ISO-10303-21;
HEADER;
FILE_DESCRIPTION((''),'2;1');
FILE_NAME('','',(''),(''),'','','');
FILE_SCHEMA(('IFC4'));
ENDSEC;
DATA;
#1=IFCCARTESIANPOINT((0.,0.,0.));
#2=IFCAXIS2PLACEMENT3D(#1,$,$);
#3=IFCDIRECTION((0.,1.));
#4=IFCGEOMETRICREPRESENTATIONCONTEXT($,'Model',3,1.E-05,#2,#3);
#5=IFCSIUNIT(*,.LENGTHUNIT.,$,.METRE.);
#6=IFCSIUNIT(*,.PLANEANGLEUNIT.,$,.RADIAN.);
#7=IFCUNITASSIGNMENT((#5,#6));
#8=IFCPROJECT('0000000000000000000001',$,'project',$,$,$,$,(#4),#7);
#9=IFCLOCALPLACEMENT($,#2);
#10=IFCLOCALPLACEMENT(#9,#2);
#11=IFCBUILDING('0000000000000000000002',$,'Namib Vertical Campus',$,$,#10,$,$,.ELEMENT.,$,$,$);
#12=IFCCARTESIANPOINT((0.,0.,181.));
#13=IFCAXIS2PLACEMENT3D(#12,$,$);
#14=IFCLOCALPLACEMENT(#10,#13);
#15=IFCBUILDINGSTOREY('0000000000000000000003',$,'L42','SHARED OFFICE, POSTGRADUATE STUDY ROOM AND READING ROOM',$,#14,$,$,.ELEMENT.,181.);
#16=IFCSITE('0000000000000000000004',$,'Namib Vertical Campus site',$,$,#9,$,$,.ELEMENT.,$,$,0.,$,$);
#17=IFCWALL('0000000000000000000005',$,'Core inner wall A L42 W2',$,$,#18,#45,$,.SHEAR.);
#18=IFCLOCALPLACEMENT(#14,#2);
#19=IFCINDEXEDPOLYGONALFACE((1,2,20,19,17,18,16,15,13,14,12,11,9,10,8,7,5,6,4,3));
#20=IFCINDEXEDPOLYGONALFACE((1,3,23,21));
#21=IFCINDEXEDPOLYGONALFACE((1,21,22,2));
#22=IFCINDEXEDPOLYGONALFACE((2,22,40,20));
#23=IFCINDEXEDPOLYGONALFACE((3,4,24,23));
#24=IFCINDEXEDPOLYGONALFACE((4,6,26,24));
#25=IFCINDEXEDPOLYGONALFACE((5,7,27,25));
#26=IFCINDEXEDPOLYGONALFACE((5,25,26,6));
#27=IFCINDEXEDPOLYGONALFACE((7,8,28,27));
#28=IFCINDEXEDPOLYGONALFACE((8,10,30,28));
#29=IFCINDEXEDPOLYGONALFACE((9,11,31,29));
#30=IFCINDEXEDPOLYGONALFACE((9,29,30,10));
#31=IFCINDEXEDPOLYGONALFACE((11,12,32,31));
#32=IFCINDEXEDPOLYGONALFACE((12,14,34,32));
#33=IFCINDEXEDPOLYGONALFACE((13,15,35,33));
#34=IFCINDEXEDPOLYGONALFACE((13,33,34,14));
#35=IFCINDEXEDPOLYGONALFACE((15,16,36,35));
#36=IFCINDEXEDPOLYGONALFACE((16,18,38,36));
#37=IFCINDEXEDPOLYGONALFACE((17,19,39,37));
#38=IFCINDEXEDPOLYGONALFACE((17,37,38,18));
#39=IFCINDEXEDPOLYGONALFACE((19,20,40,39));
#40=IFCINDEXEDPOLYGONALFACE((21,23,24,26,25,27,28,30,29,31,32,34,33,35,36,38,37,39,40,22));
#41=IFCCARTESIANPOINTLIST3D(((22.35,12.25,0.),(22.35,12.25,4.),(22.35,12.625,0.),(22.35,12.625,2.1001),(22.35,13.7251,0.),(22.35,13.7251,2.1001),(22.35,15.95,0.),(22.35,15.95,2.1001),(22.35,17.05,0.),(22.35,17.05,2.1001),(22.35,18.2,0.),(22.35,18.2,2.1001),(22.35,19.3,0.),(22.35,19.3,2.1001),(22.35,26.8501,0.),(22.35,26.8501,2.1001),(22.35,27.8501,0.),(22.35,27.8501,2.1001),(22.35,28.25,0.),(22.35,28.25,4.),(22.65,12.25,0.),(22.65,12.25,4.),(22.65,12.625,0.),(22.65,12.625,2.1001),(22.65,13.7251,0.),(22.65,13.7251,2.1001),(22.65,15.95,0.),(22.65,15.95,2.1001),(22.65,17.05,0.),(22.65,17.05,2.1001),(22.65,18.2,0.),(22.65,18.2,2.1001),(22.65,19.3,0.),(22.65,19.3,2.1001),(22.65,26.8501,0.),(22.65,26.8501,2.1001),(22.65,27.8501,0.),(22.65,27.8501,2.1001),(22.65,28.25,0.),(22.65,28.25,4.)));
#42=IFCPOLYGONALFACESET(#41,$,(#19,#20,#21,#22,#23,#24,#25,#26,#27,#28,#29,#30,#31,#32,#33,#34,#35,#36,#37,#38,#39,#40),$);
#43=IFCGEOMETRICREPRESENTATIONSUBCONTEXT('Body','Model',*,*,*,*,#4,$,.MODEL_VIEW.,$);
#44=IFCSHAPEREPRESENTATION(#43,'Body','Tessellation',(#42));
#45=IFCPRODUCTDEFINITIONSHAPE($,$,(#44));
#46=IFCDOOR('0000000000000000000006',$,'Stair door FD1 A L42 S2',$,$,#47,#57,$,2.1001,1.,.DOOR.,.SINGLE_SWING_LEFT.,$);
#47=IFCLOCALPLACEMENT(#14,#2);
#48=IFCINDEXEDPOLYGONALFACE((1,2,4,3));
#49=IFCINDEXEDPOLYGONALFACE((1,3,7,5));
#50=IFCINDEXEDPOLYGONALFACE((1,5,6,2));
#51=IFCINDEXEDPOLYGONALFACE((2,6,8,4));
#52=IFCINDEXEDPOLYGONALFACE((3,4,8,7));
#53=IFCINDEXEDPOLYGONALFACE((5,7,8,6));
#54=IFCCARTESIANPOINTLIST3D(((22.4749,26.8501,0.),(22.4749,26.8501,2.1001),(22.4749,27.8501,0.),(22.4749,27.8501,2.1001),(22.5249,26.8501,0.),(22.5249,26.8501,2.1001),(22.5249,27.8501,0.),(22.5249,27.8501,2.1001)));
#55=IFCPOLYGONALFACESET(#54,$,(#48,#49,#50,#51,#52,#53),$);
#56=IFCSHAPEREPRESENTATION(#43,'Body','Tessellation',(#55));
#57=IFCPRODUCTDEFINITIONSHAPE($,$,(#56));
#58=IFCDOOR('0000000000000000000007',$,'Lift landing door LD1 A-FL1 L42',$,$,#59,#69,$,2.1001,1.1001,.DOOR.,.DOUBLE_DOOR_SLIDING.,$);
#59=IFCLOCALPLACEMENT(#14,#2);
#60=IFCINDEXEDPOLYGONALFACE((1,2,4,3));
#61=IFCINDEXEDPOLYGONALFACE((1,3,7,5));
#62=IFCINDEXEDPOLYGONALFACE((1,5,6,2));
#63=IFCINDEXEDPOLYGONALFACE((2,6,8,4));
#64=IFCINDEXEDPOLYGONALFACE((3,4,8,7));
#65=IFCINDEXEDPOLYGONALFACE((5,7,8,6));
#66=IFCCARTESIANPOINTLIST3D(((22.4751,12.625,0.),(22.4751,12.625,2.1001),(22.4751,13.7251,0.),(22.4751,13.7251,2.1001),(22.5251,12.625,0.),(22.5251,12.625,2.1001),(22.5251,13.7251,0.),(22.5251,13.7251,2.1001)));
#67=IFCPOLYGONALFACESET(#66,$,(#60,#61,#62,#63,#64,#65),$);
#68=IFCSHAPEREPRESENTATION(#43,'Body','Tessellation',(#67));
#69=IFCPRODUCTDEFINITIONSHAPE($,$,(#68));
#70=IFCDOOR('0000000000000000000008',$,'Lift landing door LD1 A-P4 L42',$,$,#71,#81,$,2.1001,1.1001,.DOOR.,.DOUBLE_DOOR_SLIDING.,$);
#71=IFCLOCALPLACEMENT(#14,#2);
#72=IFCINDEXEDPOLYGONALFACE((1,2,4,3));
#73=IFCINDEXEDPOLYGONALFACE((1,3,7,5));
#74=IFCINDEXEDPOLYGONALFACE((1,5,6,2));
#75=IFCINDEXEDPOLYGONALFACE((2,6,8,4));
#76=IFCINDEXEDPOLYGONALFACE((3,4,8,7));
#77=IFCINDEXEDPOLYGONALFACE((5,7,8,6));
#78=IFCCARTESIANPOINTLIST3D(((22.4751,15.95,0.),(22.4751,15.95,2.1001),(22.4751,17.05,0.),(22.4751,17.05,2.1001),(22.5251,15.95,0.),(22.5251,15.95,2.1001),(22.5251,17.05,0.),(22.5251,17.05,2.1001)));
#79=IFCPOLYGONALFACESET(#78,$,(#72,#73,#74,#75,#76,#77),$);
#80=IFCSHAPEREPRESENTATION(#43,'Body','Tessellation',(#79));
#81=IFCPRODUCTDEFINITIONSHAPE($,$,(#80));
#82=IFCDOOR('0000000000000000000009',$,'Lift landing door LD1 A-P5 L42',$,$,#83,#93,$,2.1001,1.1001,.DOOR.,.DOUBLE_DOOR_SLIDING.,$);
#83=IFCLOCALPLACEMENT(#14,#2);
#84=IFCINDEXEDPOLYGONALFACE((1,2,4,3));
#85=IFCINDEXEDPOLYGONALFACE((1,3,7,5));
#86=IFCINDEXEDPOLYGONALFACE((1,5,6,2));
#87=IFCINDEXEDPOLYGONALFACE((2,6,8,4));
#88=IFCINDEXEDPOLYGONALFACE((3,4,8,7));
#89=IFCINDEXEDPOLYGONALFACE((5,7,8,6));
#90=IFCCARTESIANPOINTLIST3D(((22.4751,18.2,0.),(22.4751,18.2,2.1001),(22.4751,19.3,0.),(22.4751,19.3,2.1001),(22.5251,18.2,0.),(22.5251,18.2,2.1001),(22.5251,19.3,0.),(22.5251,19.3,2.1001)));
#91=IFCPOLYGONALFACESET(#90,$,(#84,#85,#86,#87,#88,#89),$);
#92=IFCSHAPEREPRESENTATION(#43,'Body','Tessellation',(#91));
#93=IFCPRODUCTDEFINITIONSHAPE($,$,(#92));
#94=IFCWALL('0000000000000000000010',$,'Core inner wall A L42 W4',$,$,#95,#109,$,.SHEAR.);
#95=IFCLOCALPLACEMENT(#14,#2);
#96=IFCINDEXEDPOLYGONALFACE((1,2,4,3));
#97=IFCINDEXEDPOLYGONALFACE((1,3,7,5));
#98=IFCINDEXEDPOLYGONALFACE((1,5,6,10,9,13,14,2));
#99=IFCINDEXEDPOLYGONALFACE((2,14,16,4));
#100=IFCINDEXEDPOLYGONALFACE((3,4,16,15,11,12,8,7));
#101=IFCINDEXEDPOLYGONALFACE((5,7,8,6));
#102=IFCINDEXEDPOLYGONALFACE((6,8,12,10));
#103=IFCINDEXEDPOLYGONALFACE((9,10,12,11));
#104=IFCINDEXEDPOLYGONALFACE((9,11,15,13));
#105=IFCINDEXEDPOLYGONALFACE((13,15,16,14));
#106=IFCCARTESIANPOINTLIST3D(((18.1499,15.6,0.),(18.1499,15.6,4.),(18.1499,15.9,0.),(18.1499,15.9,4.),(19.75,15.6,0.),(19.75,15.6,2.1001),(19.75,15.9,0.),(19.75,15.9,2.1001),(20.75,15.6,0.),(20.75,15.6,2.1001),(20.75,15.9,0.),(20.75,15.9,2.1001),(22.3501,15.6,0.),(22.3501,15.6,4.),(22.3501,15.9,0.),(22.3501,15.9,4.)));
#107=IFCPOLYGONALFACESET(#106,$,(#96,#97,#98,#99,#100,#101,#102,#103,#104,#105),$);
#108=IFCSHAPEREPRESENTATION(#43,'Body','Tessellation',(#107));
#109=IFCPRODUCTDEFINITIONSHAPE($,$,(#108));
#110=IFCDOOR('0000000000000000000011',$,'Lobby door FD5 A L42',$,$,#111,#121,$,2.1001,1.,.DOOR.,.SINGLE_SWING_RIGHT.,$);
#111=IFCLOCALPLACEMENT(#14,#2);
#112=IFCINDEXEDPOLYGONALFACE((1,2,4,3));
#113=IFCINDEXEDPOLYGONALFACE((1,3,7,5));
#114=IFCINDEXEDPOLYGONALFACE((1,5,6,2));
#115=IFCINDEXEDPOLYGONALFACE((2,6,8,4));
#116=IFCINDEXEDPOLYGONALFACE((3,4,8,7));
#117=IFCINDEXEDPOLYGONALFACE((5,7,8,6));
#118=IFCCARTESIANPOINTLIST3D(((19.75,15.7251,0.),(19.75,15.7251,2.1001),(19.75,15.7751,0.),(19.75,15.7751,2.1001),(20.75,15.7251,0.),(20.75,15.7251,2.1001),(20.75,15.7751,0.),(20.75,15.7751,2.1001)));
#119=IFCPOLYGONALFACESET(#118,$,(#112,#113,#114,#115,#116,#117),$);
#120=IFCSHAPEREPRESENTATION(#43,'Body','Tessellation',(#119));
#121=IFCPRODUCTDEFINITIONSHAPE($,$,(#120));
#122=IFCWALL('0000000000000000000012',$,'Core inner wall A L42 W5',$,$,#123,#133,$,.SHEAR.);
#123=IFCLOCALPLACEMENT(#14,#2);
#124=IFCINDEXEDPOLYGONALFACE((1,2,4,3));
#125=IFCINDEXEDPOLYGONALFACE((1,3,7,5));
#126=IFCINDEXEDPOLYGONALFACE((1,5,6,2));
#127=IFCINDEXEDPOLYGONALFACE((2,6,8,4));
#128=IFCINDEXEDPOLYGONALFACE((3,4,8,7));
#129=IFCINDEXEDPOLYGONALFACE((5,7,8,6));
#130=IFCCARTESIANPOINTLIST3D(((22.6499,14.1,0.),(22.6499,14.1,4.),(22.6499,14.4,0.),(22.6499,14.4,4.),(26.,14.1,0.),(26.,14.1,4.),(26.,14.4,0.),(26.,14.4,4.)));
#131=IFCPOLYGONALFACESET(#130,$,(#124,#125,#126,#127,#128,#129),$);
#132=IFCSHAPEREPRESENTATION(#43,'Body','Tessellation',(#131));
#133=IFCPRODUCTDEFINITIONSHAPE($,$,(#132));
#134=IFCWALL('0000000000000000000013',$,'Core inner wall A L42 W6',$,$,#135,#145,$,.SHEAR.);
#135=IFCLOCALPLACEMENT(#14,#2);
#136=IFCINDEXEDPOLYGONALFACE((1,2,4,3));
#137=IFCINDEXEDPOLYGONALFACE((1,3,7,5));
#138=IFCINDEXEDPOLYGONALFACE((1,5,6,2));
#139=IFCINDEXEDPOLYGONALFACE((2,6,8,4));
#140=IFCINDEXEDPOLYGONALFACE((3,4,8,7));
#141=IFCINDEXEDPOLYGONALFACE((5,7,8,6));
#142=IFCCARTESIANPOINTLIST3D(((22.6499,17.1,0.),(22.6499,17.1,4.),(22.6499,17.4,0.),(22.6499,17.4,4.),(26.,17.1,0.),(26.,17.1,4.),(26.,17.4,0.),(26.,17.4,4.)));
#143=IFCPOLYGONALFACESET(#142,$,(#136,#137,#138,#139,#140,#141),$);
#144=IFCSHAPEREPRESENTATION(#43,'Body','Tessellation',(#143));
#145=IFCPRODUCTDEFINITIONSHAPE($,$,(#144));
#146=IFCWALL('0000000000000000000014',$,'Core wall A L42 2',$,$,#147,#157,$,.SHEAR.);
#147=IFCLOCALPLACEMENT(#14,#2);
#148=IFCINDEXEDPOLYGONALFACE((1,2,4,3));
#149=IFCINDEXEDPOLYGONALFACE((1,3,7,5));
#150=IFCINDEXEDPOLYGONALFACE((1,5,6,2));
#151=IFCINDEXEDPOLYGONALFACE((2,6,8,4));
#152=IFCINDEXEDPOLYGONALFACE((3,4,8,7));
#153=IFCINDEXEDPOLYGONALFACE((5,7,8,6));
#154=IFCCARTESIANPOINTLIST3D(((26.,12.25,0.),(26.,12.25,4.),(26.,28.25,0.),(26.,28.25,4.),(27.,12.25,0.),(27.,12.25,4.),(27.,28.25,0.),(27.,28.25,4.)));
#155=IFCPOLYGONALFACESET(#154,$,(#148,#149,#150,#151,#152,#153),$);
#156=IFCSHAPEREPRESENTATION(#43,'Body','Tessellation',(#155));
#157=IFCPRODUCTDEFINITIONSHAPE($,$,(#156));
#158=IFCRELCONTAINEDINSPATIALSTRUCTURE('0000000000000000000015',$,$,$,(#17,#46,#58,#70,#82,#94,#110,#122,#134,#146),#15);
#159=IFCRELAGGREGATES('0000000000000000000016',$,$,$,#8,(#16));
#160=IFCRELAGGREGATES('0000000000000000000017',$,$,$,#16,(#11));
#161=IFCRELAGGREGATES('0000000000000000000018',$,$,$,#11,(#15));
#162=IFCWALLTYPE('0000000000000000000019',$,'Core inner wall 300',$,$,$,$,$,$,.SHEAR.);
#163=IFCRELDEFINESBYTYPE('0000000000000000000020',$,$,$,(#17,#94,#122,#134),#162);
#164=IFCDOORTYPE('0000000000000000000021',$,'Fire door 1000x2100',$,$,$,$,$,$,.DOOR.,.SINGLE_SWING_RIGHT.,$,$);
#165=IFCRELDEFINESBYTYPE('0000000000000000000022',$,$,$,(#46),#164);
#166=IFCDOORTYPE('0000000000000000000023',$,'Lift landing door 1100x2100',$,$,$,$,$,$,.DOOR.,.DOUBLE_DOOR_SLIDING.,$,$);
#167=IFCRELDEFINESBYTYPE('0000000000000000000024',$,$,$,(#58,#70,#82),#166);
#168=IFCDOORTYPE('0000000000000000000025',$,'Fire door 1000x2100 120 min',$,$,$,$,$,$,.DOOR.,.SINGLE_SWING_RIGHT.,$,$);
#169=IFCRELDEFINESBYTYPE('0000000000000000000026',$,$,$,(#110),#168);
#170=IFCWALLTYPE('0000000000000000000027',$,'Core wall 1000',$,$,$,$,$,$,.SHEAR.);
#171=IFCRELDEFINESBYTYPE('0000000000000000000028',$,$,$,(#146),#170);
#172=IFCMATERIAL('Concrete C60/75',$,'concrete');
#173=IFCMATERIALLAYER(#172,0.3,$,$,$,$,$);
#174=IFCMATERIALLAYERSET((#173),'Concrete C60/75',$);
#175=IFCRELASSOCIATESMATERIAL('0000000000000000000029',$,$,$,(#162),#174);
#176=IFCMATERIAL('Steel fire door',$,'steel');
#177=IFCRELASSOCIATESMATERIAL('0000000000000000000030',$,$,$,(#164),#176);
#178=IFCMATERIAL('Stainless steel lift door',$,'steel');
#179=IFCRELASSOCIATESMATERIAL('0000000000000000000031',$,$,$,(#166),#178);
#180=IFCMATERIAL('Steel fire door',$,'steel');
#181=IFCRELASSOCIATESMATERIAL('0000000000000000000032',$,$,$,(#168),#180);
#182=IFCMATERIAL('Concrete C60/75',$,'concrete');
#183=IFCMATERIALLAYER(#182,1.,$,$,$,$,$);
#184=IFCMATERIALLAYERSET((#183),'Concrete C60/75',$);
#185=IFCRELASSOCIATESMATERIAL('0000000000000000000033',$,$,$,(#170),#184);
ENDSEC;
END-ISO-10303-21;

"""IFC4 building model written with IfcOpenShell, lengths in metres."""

from ifc_helpers import new_model, si_unit, direction, frame, frame_2d, origin, place, context, subcontext, project, spatial, rectangle, extrude, material, layer, layer_set, type_object, element, fill, save


model = new_model("IFC4")

# Units and contexts
model_context = context("Model", 3, precision=1e-05, world=origin(), true_north=direction((0.0, 1.0)))
body_context = subcontext(model_context, "Body", "Model", "MODEL_VIEW")
ifc_project = project(units=[si_unit("LENGTHUNIT", "METRE"), si_unit("PLANEANGLEUNIT", "RADIAN")], contexts=[model_context])

# Site, building, storey
site_placement = place(None, origin())
site = spatial("IfcSite", under=ifc_project, at=site_placement, Name="Namib Vertical Campus site", CompositionType="ELEMENT", RefElevation=0.0)
building_placement = place(site_placement, origin())
building = spatial("IfcBuilding", under=site, at=building_placement, Name="Namib Vertical Campus", CompositionType="ELEMENT")
storey_placement = place(building_placement, frame((0.0, 0.0, 181.0)))
storey = spatial("IfcBuildingStorey", under=building, at=storey_placement, Name="L42", Description="SHARED OFFICE, POSTGRADUATE STUDY ROOM AND READING ROOM", CompositionType="ELEMENT", Elevation=181.0)

# Wall, openings, doors
ifc_material_1 = material(Name="Concrete C60/75", Category="concrete")
ifc_layer_1 = layer(ifc_material_1, 0.3)
ifc_layer_set_1 = layer_set([ifc_layer_1], Name="Concrete C60/75")
wall_type_1 = type_object("IfcWallType", Name="Core inner wall 300", PredefinedType="SHEAR", material=ifc_layer_set_1)
ifc_material_2 = material(Name="Steel fire door", Category="steel")
door_type_1 = type_object("IfcDoorType", Name="Fire door 1000x2100", OperationType="SINGLE_SWING_RIGHT", PredefinedType="DOOR", material=ifc_material_2)
ifc_material_3 = material(Name="Stainless steel lift door", Category="steel")
door_type_2 = type_object("IfcDoorType", Name="Lift landing door 1100x2100", OperationType="DOUBLE_DOOR_SLIDING", PredefinedType="DOOR", material=ifc_material_3)
wall_1_placement = place(storey_placement, frame((22.5, 12.25, 0.0), z_axis=(0.0, 0.0, 1.0), x_axis=(0.0, 1.0, 0.0)))
wall_1 = element("IfcWall", 1, at=wall_1_placement, inside=storey, type_object=wall_type_1, Name="Core inner wall A L42 W2", PredefinedType="SHEAR", context=body_context, shape_type="SweptSolid", body=[
    extrude(rectangle(XDim=16.0, YDim=0.3, at=frame_2d((8.0, 0.0))), origin(), (0.0, 0.0, 1.0), 4.0),
])
opening_1_placement = place(wall_1_placement, frame((14.6001, 0.0, 0.0)))
opening_1 = element("IfcOpeningElement", 2, at=opening_1_placement, cuts=wall_1, PredefinedType="OPENING", context=body_context, shape_type="SweptSolid", body=[
    extrude(rectangle(XDim=1.0, YDim=2.1001, at=frame_2d((0.5, 1.05))), frame((0.0, 0.1599, 0.0), z_axis=(0.0, -1.0, 0.0), x_axis=(1.0, 0.0, 0.0)), (0.0, 0.0, 1.0), 0.3201),
])
opening_2_placement = place(wall_1_placement, frame((0.375, 0.0, 0.0)))
opening_2 = element("IfcOpeningElement", 3, at=opening_2_placement, cuts=wall_1, PredefinedType="OPENING", context=body_context, shape_type="SweptSolid", body=[
    extrude(rectangle(XDim=1.1001, YDim=2.1001, at=frame_2d((0.55, 1.05))), frame((0.0, 0.1599, 0.0), z_axis=(0.0, -1.0, 0.0), x_axis=(1.0, 0.0, 0.0)), (0.0, 0.0, 1.0), 0.3201),
])
opening_3_placement = place(wall_1_placement, frame((3.7, 0.0, 0.0)))
opening_3 = element("IfcOpeningElement", 4, at=opening_3_placement, cuts=wall_1, PredefinedType="OPENING", context=body_context, shape_type="SweptSolid", body=[
    extrude(rectangle(XDim=1.1001, YDim=2.1001, at=frame_2d((0.55, 1.05))), frame((0.0, 0.1599, 0.0), z_axis=(0.0, -1.0, 0.0), x_axis=(1.0, 0.0, 0.0)), (0.0, 0.0, 1.0), 0.3201),
])
opening_4_placement = place(wall_1_placement, frame((5.95, 0.0, 0.0)))
opening_4 = element("IfcOpeningElement", 5, at=opening_4_placement, cuts=wall_1, PredefinedType="OPENING", context=body_context, shape_type="SweptSolid", body=[
    extrude(rectangle(XDim=1.1001, YDim=2.1001, at=frame_2d((0.55, 1.05))), frame((0.0, 0.1599, 0.0), z_axis=(0.0, -1.0, 0.0), x_axis=(1.0, 0.0, 0.0)), (0.0, 0.0, 1.0), 0.3201),
])
door_1_placement = place(opening_1_placement, frame((1.0, 0.0, 0.0), z_axis=(0.0, 0.0, 1.0), x_axis=(-1.0, 0.0, 0.0)))
door_1 = element("IfcDoor", 6, at=door_1_placement, inside=storey, type_object=door_type_1, Name="Stair door FD1 A L42 S2", OperationType="SINGLE_SWING_LEFT", OverallHeight=2.1001, OverallWidth=1.0, PredefinedType="DOOR", context=body_context, shape_type="SweptSolid", body=[
    extrude(rectangle(XDim=1.0, YDim=2.1001, at=frame_2d((0.5, 1.05))), frame((0.0, 0.0249, 0.0), z_axis=(0.0, -1.0, 0.0), x_axis=(1.0, 0.0, 0.0)), (0.0, 0.0, 1.0), 0.05),
])
fill(opening_1, door_1)
door_2_placement = place(opening_2_placement, origin())
door_2 = element("IfcDoor", 7, at=door_2_placement, inside=storey, type_object=door_type_2, Name="Lift landing door LD1 A-FL1 L42", OperationType="DOUBLE_DOOR_SLIDING", OverallHeight=2.1001, OverallWidth=1.1001, PredefinedType="DOOR", context=body_context, shape_type="SweptSolid", body=[
    extrude(rectangle(XDim=1.1001, YDim=2.1001, at=frame_2d((0.55, 1.05))), frame((0.0, 0.0249, 0.0), z_axis=(0.0, -1.0, 0.0), x_axis=(1.0, 0.0, 0.0)), (0.0, 0.0, 1.0), 0.05),
])
fill(opening_2, door_2)
door_3_placement = place(opening_3_placement, origin())
door_3 = element("IfcDoor", 8, at=door_3_placement, inside=storey, type_object=door_type_2, Name="Lift landing door LD1 A-P4 L42", OperationType="DOUBLE_DOOR_SLIDING", OverallHeight=2.1001, OverallWidth=1.1001, PredefinedType="DOOR", context=body_context, shape_type="SweptSolid", body=[
    extrude(rectangle(XDim=1.1001, YDim=2.1001, at=frame_2d((0.55, 1.05))), frame((0.0, 0.0249, 0.0), z_axis=(0.0, -1.0, 0.0), x_axis=(1.0, 0.0, 0.0)), (0.0, 0.0, 1.0), 0.05),
])
fill(opening_3, door_3)
door_4_placement = place(opening_4_placement, origin())
door_4 = element("IfcDoor", 9, at=door_4_placement, inside=storey, type_object=door_type_2, Name="Lift landing door LD1 A-P5 L42", OperationType="DOUBLE_DOOR_SLIDING", OverallHeight=2.1001, OverallWidth=1.1001, PredefinedType="DOOR", context=body_context, shape_type="SweptSolid", body=[
    extrude(rectangle(XDim=1.1001, YDim=2.1001, at=frame_2d((0.55, 1.05))), frame((0.0, 0.0249, 0.0), z_axis=(0.0, -1.0, 0.0), x_axis=(1.0, 0.0, 0.0)), (0.0, 0.0, 1.0), 0.05),
])
fill(opening_4, door_4)

# Wall, opening, door
wall_2_placement = place(storey_placement, frame((18.1499, 15.75, 0.0), z_axis=(0.0, 0.0, 1.0), x_axis=(1.0, 0.0, 0.0)))
wall_2 = element("IfcWall", 10, at=wall_2_placement, inside=storey, type_object=wall_type_1, Name="Core inner wall A L42 W4", PredefinedType="SHEAR", context=body_context, shape_type="SweptSolid", body=[
    extrude(rectangle(XDim=4.2002, YDim=0.3, at=frame_2d((2.1001, 0.0))), origin(), (0.0, 0.0, 1.0), 4.0),
])
opening_5_placement = place(wall_2_placement, frame((1.6001, 0.0, 0.0)))
opening_5 = element("IfcOpeningElement", 11, at=opening_5_placement, cuts=wall_2, PredefinedType="OPENING", context=body_context, shape_type="SweptSolid", body=[
    extrude(rectangle(XDim=1.0, YDim=2.1001, at=frame_2d((0.5, 1.05))), frame((0.0, 0.1599, 0.0), z_axis=(0.0, -1.0, 0.0), x_axis=(1.0, 0.0, 0.0)), (0.0, 0.0, 1.0), 0.3201),
])
ifc_material_4 = material(Name="Steel fire door", Category="steel")
door_type_3 = type_object("IfcDoorType", Name="Fire door 1000x2100 120 min", OperationType="SINGLE_SWING_RIGHT", PredefinedType="DOOR", material=ifc_material_4)
door_5_placement = place(opening_5_placement, frame((1.0, 0.0, 0.0), z_axis=(0.0, 0.0, 1.0), x_axis=(-1.0, 0.0, 0.0)))
door_5 = element("IfcDoor", 12, at=door_5_placement, inside=storey, type_object=door_type_3, Name="Lobby door FD5 A L42", OperationType="SINGLE_SWING_RIGHT", OverallHeight=2.1001, OverallWidth=1.0, PredefinedType="DOOR", context=body_context, shape_type="SweptSolid", body=[
    extrude(rectangle(XDim=1.0, YDim=2.1001, at=frame_2d((0.5, 1.05))), frame((0.0, 0.0249, 0.0), z_axis=(0.0, -1.0, 0.0), x_axis=(1.0, 0.0, 0.0)), (0.0, 0.0, 1.0), 0.05),
])
fill(opening_5, door_5)

# Walls
for number, where, z_axis, x_axis, name in (
    (13, (22.6499, 14.25, 0.0), (0.0, 0.0, 1.0), (1.0, 0.0, 0.0), "Core inner wall A L42 W5"),
    (14, (22.6499, 17.25, 0.0), (0.0, 0.0, 1.0), (1.0, 0.0, 0.0), "Core inner wall A L42 W6"),
):
    element("IfcWall", number, at=place(storey_placement, frame(where, z_axis=z_axis, x_axis=x_axis)), inside=storey, type_object=wall_type_1, Name=name, PredefinedType="SHEAR", context=body_context, shape_type="SweptSolid", body=[
        extrude(rectangle(XDim=3.3501, YDim=0.3, at=frame_2d((1.675, 0.0))), origin(), (0.0, 0.0, 1.0), 4.0),
    ])
ifc_material_5 = material(Name="Concrete C60/75", Category="concrete")
ifc_layer_2 = layer(ifc_material_5, 1.0)
ifc_layer_set_2 = layer_set([ifc_layer_2], Name="Concrete C60/75")
wall_type_2 = type_object("IfcWallType", Name="Core wall 1000", PredefinedType="SHEAR", material=ifc_layer_set_2)
wall_3_placement = place(storey_placement, frame((26.5, 12.25, 0.0), z_axis=(0.0, 0.0, 1.0), x_axis=(0.0, 1.0, 0.0)))
element("IfcWall", 15, at=wall_3_placement, inside=storey, type_object=wall_type_2, Name="Core wall A L42 2", PredefinedType="SHEAR", context=body_context, shape_type="SweptSolid", body=[
    extrude(rectangle(XDim=16.0, YDim=1.0, at=frame_2d((8.0, 0.0))), origin(), (0.0, 0.0, 1.0), 4.0),
])

save(model, "model.ifc")
